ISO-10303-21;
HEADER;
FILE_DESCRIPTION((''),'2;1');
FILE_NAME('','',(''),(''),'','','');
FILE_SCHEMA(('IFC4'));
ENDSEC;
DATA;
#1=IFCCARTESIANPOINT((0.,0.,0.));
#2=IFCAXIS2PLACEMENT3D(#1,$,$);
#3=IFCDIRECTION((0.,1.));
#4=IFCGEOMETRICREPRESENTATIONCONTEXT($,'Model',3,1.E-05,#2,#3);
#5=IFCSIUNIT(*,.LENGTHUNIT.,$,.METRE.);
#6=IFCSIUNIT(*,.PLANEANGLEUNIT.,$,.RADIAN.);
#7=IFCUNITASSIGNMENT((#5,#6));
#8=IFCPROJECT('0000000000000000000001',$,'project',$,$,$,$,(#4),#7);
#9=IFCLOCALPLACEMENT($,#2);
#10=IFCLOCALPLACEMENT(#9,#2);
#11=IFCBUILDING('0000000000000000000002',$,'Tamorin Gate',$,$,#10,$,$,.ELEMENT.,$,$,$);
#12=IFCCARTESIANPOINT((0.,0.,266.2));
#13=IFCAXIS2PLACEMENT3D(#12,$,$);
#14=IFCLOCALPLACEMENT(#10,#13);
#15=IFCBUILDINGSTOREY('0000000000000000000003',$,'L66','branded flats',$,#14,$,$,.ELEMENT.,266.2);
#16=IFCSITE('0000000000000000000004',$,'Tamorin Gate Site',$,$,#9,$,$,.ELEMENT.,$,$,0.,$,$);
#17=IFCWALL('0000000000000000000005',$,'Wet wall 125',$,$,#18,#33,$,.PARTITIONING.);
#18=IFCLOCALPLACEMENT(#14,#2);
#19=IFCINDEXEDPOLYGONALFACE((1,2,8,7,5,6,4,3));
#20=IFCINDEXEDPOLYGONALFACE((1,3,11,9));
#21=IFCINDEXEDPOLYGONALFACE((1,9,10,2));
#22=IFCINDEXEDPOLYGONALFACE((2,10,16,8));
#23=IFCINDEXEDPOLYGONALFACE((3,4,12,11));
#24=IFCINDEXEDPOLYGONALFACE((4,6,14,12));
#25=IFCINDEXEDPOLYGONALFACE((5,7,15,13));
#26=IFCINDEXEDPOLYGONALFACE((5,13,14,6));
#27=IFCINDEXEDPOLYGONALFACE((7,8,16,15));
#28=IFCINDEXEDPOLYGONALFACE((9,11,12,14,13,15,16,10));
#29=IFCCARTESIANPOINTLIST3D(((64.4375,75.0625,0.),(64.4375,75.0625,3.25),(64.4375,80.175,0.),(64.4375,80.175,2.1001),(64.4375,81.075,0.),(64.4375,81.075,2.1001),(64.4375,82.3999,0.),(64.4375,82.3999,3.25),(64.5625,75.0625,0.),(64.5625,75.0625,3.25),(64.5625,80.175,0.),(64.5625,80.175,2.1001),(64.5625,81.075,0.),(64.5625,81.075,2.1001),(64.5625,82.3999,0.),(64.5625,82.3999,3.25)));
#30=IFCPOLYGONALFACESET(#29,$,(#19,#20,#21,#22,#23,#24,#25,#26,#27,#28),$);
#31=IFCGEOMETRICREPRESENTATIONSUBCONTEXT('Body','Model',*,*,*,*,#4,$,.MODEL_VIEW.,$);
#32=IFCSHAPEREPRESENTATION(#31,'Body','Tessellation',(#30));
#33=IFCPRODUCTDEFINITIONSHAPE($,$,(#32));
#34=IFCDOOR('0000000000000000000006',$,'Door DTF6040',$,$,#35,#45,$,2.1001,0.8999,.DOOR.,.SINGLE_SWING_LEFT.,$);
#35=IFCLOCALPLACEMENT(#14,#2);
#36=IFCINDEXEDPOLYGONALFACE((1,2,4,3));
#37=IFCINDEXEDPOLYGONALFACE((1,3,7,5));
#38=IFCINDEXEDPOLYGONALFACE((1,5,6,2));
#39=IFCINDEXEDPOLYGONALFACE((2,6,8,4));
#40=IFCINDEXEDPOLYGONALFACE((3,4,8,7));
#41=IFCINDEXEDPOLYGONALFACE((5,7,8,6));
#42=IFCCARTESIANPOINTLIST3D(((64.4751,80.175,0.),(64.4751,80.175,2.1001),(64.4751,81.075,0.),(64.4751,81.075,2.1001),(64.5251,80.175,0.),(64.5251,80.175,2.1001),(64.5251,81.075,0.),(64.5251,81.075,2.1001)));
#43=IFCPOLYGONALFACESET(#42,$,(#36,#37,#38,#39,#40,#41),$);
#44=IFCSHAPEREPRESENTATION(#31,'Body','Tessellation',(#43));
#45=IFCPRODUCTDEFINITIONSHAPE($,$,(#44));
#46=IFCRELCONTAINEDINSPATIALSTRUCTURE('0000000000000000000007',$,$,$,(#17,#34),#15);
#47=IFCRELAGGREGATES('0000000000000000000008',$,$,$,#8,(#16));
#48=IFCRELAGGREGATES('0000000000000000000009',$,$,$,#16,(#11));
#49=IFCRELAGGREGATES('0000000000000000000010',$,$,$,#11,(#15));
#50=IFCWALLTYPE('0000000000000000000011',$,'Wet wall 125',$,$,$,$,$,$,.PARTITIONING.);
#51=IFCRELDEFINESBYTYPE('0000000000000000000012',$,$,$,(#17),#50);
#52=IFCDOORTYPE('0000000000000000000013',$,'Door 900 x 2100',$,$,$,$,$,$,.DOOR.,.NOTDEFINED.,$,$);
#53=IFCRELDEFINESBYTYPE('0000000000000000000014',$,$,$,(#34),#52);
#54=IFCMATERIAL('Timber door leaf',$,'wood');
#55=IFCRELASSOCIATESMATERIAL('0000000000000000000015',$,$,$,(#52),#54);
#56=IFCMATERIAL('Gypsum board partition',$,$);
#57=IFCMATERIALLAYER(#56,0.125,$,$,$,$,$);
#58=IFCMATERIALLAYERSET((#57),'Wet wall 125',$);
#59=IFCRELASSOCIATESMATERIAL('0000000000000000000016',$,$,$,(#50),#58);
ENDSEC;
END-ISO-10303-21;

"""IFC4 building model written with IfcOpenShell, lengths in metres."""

from ifc_helpers import new_model, si_unit, direction, frame, frame_2d, origin, place, context, subcontext, project, spatial, rectangle, extrude, material, layer, layer_set, type_object, element, fill, save


model = new_model("IFC4")

# Units and contexts
model_context = context("Model", 3, precision=1e-05, world=origin(), true_north=direction((0.0, 1.0)))
body_context = subcontext(model_context, "Body", "Model", "MODEL_VIEW")
ifc_project = project(units=[si_unit("LENGTHUNIT", "METRE"), si_unit("PLANEANGLEUNIT", "RADIAN")], contexts=[model_context])

# Site, building, storey
site_placement = place(None, origin())
site = spatial("IfcSite", under=ifc_project, at=site_placement, Name="Tamorin Gate Site", CompositionType="ELEMENT", RefElevation=0.0)
building_placement = place(site_placement, origin())
building = spatial("IfcBuilding", under=site, at=building_placement, Name="Tamorin Gate", CompositionType="ELEMENT")
storey_placement = place(building_placement, frame((0.0, 0.0, 266.2)))
storey = spatial("IfcBuildingStorey", under=building, at=storey_placement, Name="L66", Description="branded flats", CompositionType="ELEMENT", Elevation=266.2)

# Shared definitions
ifc_material_1 = material(Name="Gypsum board partition")
ifc_material_2 = material(Name="Timber door leaf", Category="wood")
door_type_1 = type_object("IfcDoorType", Name="Door 900 x 2100", OperationType="NOTDEFINED", PredefinedType="DOOR", material=ifc_material_2)

# Wall, opening, door
ifc_layer_1 = layer(ifc_material_1, 0.125)
ifc_layer_set_1 = layer_set([ifc_layer_1], Name="Wet wall 125")
wall_type_1 = type_object("IfcWallType", Name="Wet wall 125", PredefinedType="PARTITIONING", material=ifc_layer_set_1)
wall_1_placement = place(storey_placement, frame((64.5, 75.0625, 0.0), z_axis=(0.0, 0.0, 1.0), x_axis=(0.0, 1.0, 0.0)))
wall_1 = element("IfcWall", 1, at=wall_1_placement, inside=storey, type_object=wall_type_1, Name="Wet wall 125", PredefinedType="PARTITIONING", context=body_context, shape_type="SweptSolid", body=[
    extrude(rectangle(XDim=7.3374, YDim=0.125, at=frame_2d((3.6687, 0.0))), origin(), (0.0, 0.0, 1.0), 3.25),
])
opening_1_placement = place(wall_1_placement, frame((5.1125, 0.0, 0.0)))
opening_1 = element("IfcOpeningElement", 2, at=opening_1_placement, cuts=wall_1, PredefinedType="OPENING", context=body_context, shape_type="SweptSolid", body=[
    extrude(rectangle(XDim=0.8999, YDim=2.1001, at=frame_2d((0.45, 1.05))), frame((0.0, 0.0725, 0.0), z_axis=(0.0, -1.0, 0.0), x_axis=(1.0, 0.0, 0.0)), (0.0, 0.0, 1.0), 0.145),
])
door_1_placement = place(opening_1_placement, origin())
door_1 = element("IfcDoor", 3, at=door_1_placement, inside=storey, type_object=door_type_1, Name="Door DTF6040", OperationType="SINGLE_SWING_LEFT", OverallHeight=2.1001, OverallWidth=0.8999, PredefinedType="DOOR", context=body_context, shape_type="SweptSolid", body=[
    extrude(rectangle(XDim=0.8999, YDim=2.1001, at=frame_2d((0.45, 1.05))), frame((0.0, 0.0249, 0.0), z_axis=(0.0, -1.0, 0.0), x_axis=(1.0, 0.0, 0.0)), (0.0, 0.0, 1.0), 0.05),
])
fill(opening_1, door_1)

save(model, "model.ifc")
